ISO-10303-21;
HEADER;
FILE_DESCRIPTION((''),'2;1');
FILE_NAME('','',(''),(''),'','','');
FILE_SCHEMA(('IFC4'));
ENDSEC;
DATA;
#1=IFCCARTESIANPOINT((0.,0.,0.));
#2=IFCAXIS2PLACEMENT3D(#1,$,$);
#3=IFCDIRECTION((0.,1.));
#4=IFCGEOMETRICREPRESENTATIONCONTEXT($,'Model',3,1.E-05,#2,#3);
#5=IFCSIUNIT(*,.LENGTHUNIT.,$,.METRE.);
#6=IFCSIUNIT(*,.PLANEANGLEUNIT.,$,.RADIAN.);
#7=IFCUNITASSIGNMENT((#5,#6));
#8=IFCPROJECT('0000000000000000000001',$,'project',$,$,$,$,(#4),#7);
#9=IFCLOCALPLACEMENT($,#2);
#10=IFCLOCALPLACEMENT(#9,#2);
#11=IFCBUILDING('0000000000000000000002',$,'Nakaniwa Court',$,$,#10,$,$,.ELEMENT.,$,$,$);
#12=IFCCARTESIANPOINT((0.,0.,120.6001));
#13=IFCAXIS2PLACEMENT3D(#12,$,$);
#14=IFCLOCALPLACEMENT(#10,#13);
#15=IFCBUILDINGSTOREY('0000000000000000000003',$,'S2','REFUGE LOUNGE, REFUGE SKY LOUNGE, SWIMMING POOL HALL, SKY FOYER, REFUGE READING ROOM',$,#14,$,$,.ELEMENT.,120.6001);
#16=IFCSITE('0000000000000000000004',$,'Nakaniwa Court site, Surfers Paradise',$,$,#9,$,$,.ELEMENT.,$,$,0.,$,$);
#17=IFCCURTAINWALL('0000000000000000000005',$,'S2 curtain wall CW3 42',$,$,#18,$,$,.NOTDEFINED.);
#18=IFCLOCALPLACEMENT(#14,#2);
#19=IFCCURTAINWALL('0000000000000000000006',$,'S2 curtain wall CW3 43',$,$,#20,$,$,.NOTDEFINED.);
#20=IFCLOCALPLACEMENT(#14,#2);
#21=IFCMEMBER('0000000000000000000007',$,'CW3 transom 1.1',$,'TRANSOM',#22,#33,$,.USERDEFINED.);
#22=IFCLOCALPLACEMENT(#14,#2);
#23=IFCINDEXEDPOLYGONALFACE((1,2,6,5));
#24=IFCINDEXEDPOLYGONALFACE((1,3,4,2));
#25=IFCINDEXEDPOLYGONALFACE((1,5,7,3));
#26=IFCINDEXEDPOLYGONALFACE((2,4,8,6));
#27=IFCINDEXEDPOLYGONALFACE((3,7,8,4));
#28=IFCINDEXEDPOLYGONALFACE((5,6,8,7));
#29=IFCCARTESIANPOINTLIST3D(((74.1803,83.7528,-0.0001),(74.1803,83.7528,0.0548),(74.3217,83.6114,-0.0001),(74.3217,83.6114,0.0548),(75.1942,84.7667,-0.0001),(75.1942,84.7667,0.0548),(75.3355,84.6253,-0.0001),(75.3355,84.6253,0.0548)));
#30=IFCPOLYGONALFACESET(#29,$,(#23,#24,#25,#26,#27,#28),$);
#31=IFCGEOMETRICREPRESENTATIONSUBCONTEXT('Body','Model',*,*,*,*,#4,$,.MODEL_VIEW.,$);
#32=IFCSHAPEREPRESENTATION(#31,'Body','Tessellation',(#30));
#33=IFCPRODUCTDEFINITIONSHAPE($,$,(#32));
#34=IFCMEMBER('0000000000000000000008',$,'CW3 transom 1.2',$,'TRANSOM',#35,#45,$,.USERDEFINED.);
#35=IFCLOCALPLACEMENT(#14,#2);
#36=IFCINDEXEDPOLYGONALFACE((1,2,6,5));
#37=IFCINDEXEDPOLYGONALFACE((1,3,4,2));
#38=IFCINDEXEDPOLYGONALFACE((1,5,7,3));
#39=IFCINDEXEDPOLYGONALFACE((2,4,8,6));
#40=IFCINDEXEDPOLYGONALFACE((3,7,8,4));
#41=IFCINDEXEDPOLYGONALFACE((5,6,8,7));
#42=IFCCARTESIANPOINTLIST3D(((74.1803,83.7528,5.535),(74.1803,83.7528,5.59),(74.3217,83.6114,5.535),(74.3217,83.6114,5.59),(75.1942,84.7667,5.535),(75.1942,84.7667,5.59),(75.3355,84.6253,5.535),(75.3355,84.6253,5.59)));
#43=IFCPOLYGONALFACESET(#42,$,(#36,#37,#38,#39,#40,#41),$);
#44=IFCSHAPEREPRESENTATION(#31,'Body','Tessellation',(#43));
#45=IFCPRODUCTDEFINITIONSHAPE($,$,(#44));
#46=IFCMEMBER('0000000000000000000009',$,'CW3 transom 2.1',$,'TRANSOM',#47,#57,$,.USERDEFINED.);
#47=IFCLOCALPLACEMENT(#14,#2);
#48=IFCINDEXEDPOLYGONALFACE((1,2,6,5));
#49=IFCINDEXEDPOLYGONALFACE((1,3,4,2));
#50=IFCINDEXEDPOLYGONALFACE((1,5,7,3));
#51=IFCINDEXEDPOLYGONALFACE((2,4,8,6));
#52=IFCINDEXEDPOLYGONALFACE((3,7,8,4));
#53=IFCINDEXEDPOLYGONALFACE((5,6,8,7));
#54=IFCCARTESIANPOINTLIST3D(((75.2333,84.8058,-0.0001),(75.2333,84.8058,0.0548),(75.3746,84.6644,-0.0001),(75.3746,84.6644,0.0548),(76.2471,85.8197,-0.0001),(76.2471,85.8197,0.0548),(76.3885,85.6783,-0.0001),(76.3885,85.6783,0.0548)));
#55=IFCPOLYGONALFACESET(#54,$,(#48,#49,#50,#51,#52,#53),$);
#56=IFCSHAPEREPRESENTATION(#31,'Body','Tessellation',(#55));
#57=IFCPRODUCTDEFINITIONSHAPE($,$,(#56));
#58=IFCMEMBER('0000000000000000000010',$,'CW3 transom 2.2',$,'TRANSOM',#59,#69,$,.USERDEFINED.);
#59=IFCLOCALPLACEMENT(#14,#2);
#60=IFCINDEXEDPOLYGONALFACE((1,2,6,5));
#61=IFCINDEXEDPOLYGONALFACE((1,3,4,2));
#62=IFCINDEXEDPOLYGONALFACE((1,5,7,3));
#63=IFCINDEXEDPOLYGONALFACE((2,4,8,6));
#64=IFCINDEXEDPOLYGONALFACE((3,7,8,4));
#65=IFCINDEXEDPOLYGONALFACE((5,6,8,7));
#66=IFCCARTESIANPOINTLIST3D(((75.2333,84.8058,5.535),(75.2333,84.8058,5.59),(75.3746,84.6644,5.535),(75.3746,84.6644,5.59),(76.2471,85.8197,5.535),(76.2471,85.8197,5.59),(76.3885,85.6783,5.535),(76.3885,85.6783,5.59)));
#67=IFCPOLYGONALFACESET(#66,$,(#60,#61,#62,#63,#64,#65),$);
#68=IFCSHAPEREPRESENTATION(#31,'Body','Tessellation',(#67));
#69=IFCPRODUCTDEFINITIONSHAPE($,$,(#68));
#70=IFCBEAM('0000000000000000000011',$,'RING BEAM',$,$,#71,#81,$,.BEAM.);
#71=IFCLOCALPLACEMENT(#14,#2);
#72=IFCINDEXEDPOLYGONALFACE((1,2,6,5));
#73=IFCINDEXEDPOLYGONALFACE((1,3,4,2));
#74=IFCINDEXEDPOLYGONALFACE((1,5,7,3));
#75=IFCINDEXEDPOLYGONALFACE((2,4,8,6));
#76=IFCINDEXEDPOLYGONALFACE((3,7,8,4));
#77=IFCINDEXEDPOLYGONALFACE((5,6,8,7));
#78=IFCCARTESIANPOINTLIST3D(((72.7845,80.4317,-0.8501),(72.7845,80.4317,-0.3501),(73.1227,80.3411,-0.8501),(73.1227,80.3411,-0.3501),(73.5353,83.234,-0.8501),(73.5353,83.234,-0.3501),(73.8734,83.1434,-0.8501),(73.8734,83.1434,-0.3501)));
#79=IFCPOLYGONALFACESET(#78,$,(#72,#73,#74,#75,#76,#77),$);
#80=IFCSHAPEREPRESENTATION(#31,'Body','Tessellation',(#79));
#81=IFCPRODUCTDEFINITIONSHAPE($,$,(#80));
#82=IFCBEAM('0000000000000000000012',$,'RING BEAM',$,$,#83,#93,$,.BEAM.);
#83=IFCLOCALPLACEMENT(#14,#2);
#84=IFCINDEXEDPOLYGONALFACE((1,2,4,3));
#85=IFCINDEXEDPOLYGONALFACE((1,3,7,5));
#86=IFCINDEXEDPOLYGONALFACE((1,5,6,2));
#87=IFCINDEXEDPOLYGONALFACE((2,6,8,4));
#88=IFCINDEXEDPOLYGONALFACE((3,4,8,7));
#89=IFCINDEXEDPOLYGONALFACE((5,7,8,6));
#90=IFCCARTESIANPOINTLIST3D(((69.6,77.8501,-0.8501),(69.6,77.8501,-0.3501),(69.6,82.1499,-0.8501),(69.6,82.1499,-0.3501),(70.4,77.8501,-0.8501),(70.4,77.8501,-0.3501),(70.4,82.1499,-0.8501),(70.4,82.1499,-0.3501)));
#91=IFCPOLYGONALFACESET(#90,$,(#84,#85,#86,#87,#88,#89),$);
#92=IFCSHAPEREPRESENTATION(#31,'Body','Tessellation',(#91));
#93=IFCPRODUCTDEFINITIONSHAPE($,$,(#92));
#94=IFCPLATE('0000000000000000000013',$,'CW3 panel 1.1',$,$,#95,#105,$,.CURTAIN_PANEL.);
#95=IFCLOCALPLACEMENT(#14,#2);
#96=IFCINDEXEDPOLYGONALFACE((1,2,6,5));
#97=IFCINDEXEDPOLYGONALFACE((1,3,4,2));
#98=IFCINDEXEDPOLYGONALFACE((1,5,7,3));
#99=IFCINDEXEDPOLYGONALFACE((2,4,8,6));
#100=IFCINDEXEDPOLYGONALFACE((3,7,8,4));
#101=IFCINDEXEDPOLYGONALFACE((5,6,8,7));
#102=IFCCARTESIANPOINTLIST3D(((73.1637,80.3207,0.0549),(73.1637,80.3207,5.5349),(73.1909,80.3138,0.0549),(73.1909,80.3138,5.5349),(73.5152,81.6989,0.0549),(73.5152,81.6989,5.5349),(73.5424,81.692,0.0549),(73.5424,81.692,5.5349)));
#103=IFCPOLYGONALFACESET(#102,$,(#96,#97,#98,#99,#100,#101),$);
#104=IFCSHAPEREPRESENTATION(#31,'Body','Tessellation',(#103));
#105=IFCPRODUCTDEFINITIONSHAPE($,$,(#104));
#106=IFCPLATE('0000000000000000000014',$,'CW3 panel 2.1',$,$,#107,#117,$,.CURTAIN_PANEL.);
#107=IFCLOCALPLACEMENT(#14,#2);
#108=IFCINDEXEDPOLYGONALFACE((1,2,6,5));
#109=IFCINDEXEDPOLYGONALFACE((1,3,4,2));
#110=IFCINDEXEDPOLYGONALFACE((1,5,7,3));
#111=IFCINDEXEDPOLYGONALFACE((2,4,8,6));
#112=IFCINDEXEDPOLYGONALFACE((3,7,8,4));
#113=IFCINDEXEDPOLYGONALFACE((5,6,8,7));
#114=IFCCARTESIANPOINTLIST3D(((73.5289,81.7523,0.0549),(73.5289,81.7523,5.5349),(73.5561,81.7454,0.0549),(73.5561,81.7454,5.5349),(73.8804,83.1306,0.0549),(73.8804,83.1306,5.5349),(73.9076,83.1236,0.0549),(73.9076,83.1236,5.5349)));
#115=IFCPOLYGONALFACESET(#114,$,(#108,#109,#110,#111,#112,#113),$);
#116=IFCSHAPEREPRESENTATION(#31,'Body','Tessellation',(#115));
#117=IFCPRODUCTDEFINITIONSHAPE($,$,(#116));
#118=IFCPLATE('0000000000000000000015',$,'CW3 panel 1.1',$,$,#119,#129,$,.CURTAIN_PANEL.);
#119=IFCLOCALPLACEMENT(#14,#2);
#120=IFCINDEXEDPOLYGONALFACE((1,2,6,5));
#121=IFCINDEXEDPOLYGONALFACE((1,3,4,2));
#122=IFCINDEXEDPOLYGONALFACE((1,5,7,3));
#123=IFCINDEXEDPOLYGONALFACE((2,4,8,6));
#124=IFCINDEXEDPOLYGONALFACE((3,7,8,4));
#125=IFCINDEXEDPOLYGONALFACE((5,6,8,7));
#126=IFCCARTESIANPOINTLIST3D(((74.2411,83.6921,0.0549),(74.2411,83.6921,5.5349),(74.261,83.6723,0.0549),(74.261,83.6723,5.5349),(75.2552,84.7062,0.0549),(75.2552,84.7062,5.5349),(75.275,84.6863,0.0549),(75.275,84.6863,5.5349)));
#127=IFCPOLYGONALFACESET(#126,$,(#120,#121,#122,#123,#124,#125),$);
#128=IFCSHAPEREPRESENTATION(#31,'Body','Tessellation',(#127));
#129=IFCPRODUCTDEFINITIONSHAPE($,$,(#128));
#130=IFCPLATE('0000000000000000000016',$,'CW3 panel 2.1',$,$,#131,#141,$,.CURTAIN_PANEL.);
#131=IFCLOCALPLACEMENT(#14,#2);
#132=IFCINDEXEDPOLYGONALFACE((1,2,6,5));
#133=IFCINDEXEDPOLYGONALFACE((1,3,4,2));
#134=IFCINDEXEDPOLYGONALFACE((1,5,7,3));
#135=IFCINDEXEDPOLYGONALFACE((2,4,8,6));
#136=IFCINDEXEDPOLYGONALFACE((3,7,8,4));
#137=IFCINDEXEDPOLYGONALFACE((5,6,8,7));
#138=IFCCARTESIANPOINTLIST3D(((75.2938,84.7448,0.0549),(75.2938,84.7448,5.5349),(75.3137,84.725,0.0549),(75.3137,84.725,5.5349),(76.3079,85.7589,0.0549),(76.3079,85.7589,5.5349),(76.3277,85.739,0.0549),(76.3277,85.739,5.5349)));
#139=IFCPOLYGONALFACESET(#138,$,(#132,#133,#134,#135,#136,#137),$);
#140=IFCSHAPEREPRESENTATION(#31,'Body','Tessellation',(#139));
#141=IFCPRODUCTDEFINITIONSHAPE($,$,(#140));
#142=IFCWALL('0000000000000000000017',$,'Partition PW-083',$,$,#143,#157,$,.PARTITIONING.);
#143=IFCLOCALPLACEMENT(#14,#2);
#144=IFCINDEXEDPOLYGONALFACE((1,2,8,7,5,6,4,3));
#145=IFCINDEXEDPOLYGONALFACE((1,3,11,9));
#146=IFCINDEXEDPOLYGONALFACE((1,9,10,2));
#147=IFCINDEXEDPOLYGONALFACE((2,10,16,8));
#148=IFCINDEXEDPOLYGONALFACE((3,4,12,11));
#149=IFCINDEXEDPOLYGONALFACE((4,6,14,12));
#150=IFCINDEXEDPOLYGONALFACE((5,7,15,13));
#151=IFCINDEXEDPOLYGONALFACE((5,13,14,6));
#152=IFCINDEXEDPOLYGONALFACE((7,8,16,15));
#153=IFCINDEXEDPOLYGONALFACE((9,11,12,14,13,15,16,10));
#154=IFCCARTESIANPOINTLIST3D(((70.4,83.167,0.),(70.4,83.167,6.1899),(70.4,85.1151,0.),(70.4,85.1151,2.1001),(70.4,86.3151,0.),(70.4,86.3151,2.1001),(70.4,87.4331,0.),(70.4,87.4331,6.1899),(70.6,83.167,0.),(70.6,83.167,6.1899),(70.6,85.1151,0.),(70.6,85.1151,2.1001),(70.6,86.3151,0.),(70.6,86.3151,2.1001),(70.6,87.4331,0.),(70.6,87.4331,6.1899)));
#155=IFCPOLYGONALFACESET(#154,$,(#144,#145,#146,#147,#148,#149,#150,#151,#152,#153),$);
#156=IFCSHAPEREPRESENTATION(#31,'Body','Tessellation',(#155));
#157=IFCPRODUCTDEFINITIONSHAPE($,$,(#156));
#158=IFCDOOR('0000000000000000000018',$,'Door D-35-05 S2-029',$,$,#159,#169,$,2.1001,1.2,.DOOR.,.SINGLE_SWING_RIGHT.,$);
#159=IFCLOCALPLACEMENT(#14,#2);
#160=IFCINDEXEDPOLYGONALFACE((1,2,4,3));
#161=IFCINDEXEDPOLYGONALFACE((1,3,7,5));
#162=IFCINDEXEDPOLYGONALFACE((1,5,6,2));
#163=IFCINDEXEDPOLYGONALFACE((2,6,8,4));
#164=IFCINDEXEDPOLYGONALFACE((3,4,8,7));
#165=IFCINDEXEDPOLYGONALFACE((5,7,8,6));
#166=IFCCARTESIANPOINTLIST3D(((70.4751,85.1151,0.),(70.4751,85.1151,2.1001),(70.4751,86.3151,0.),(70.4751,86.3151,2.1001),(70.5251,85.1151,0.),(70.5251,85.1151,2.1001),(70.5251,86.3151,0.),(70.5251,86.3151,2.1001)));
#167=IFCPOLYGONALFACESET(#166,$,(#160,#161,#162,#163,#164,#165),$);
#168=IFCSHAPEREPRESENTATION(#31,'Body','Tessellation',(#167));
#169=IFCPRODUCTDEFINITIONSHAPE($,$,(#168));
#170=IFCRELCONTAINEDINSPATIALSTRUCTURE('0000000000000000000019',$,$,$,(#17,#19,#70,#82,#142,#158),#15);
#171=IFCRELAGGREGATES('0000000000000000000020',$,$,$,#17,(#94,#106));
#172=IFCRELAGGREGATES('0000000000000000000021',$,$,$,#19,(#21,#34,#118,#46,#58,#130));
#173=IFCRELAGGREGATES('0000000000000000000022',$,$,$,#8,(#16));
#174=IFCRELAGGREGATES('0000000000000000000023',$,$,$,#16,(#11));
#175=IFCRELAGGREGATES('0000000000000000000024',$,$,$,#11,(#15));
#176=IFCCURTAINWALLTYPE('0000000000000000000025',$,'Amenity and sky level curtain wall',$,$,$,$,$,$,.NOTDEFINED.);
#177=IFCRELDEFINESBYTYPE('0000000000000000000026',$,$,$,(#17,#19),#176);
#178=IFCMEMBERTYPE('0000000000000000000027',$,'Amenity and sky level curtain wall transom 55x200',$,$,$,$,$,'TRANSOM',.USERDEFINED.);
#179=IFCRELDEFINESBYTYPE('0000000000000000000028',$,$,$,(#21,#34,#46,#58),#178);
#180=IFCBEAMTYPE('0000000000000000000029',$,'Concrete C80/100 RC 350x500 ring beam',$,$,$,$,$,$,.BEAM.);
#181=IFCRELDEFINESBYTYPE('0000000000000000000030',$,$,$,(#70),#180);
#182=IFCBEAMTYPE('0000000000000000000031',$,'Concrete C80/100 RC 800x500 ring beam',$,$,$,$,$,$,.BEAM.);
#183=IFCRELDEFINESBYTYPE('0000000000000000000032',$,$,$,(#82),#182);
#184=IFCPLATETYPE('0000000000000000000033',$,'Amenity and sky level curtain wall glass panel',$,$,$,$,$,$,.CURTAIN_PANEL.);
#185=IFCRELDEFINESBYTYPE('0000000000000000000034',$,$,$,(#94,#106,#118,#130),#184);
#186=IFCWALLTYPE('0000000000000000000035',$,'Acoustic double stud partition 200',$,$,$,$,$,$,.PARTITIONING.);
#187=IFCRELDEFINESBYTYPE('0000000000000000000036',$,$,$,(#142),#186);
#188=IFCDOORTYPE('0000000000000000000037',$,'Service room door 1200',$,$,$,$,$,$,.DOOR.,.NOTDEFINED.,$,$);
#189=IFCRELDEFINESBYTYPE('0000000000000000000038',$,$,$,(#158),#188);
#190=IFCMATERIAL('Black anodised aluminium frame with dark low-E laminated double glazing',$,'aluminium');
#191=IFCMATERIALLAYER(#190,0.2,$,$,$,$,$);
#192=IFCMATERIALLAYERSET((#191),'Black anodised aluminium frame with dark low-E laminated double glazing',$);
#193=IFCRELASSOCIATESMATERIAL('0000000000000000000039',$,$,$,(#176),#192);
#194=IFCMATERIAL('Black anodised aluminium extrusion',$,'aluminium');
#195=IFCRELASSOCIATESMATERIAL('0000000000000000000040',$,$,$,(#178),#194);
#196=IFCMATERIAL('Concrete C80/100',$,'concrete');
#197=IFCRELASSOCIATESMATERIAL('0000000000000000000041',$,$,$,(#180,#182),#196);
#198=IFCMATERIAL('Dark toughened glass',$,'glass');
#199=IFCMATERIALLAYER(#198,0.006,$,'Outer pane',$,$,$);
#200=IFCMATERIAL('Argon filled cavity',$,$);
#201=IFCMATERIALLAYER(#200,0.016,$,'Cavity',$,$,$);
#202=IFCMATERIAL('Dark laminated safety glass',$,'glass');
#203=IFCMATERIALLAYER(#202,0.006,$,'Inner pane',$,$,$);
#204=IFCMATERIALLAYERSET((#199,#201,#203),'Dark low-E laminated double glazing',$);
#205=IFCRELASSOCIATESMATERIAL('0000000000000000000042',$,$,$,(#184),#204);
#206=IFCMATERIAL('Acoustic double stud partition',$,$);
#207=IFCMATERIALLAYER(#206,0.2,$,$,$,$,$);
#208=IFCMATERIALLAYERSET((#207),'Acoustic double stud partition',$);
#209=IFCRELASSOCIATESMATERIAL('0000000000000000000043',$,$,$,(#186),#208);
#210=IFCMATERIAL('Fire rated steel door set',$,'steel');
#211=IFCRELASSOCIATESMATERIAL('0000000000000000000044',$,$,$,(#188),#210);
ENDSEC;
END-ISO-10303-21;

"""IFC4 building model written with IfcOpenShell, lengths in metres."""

from ifc_helpers import new_model, si_unit, direction, frame, frame_2d, origin, origin_2d, place, context, subcontext, project, spatial, rectangle, extrude, material, layer, layer_set, material_profile, profile_set, type_object, element, fill, aggregate, save


model = new_model("IFC4")

# Units and contexts
model_context = context("Model", 3, precision=1e-05, world=origin(), true_north=direction((0.0, 1.0)))
body_context = subcontext(model_context, "Body", "Model", "MODEL_VIEW")
ifc_project = project(units=[si_unit("LENGTHUNIT", "METRE"), si_unit("PLANEANGLEUNIT", "RADIAN")], contexts=[model_context])

# Site, building, storey
site_placement = place(None, origin())
site = spatial("IfcSite", under=ifc_project, at=site_placement, Name="Nakaniwa Court site, Surfers Paradise", CompositionType="ELEMENT", RefElevation=0.0)
building_placement = place(site_placement, origin())
building = spatial("IfcBuilding", under=site, at=building_placement, Name="Nakaniwa Court", CompositionType="ELEMENT")
storey_placement = place(building_placement, frame((0.0, 0.0, 120.6001)))
storey = spatial("IfcBuildingStorey", under=building, at=storey_placement, Name="S2", Description="REFUGE LOUNGE, REFUGE SKY LOUNGE, SWIMMING POOL HALL, SKY FOYER, REFUGE READING ROOM", CompositionType="ELEMENT", Elevation=120.6001)

# Shared definitions
ifc_material_1 = material(Name="Concrete C80/100", Category="concrete")

# Curtain walls
ifc_material_2 = material(Name="Black anodised aluminium frame with dark low-E laminated double glazing", Category="aluminium")
ifc_layer_1 = layer(ifc_material_2, 0.2)
ifc_layer_set_1 = layer_set([ifc_layer_1], Name="Black anodised aluminium frame with dark low-E laminated double glazing")
curtain_wall_type = type_object("IfcCurtainWallType", Name="Amenity and sky level curtain wall", PredefinedType="NOTDEFINED", material=ifc_layer_set_1)
curtain_wall_1_placement = place(storey_placement, origin())
curtain_wall_1 = element("IfcCurtainWall", 1, at=curtain_wall_1_placement, inside=storey, type_object=curtain_wall_type, Name="S2 curtain wall CW3 42", PredefinedType="NOTDEFINED")
ifc_material_3 = material(Name="Black anodised aluminium extrusion", Category="aluminium")
curtain_wall_2_placement = place(storey_placement, origin())
curtain_wall_2 = element("IfcCurtainWall", 2, at=curtain_wall_2_placement, inside=storey, type_object=curtain_wall_type, Name="S2 curtain wall CW3 43", PredefinedType="NOTDEFINED")

# Members
ifc_material_profile_1 = material_profile(ifc_material_3, rectangle(XDim=0.2, YDim=0.0549, at=origin_2d()), Name="Amenity and sky level curtain wall transom 55x200")
ifc_profile_set_1 = profile_set([ifc_material_profile_1], Name="Black anodised aluminium extrusion")
member_type_1 = type_object("IfcMemberType", Name="Amenity and sky level curtain wall transom 55x200", ElementType="TRANSOM", PredefinedType="USERDEFINED", material=ifc_profile_set_1)
member_1_placement = place(storey_placement, frame((74.251, 83.6821, 0.0273), z_axis=(0.707107, 0.707107, 0.0), x_axis=(-0.707107, 0.707107, 0.0)))
member_1 = element("IfcMember", 3, at=member_1_placement, type_object=member_type_1, Name="CW3 transom 1.1", ObjectType="TRANSOM", PredefinedType="USERDEFINED", context=body_context, shape_type="SweptSolid", body=[
    extrude(rectangle(XDim=0.2, YDim=0.0549, at=origin_2d()), origin(), (0.0, 0.0, 1.0), 1.4338),
])
member_2_placement = place(storey_placement, frame((74.251, 83.6821, 5.5625), z_axis=(0.707107, 0.707107, 0.0), x_axis=(-0.707107, 0.707107, 0.0)))
member_2 = element("IfcMember", 4, at=member_2_placement, type_object=member_type_1, Name="CW3 transom 1.2", ObjectType="TRANSOM", PredefinedType="USERDEFINED", context=body_context, shape_type="SweptSolid", body=[
    extrude(rectangle(XDim=0.2, YDim=0.0549, at=origin_2d()), origin(), (0.0, 0.0, 1.0), 1.4338),
])
member_3_placement = place(storey_placement, frame((75.304, 84.7351, 0.0273), z_axis=(0.707107, 0.707107, 0.0), x_axis=(-0.707107, 0.707107, 0.0)))
member_3 = element("IfcMember", 5, at=member_3_placement, type_object=member_type_1, Name="CW3 transom 2.1", ObjectType="TRANSOM", PredefinedType="USERDEFINED", context=body_context, shape_type="SweptSolid", body=[
    extrude(rectangle(XDim=0.2, YDim=0.0549, at=origin_2d()), origin(), (0.0, 0.0, 1.0), 1.4338),
])
member_4_placement = place(storey_placement, frame((75.304, 84.7351, 5.5625), z_axis=(0.707107, 0.707107, 0.0), x_axis=(-0.707107, 0.707107, 0.0)))
member_4 = element("IfcMember", 6, at=member_4_placement, type_object=member_type_1, Name="CW3 transom 2.2", ObjectType="TRANSOM", PredefinedType="USERDEFINED", context=body_context, shape_type="SweptSolid", body=[
    extrude(rectangle(XDim=0.2, YDim=0.0549, at=origin_2d()), origin(), (0.0, 0.0, 1.0), 1.4338),
])

# Beams
ifc_material_profile_2 = material_profile(ifc_material_1, rectangle(XDim=0.3501, YDim=0.5, at=origin_2d()), Name="Concrete C80/100 RC 350x500 ring beam")
ifc_profile_set_2 = profile_set([ifc_material_profile_2], Name="Concrete C80/100")
beam_type_1 = type_object("IfcBeamType", Name="Concrete C80/100 RC 350x500 ring beam", PredefinedType="BEAM", material=ifc_profile_set_2)
beam_1_placement = place(storey_placement, frame((73.7043, 83.1887, -0.6001), z_axis=(-0.258778, -0.965937, 0.0), x_axis=(0.965937, -0.258778, 0.0)))
element("IfcBeam", 7, at=beam_1_placement, inside=storey, type_object=beam_type_1, Name="RING BEAM", PredefinedType="BEAM", context=body_context, shape_type="SweptSolid", body=[
    extrude(rectangle(XDim=0.3501, YDim=0.5, at=origin_2d()), origin(), (0.0, 0.0, 1.0), 2.9011),
])
ifc_material_profile_3 = material_profile(ifc_material_1, rectangle(XDim=0.8, YDim=0.5, at=origin_2d()), Name="Concrete C80/100 RC 800x500 ring beam")
ifc_profile_set_3 = profile_set([ifc_material_profile_3], Name="Concrete C80/100")
beam_type_2 = type_object("IfcBeamType", Name="Concrete C80/100 RC 800x500 ring beam", PredefinedType="BEAM", material=ifc_profile_set_3)
beam_2_placement = place(storey_placement, frame((70.0, 82.1499, -0.6001), z_axis=(0.0, -1.0, 0.0), x_axis=(1.0, 0.0, 0.0)))
element("IfcBeam", 8, at=beam_2_placement, inside=storey, type_object=beam_type_2, Name="RING BEAM", PredefinedType="BEAM", context=body_context, shape_type="SweptSolid", body=[
    extrude(rectangle(XDim=0.8, YDim=0.5, at=origin_2d()), origin(), (0.0, 0.0, 1.0), 4.2998),
])

# Plates
ifc_material_4 = material(Name="Dark toughened glass", Category="glass")
ifc_layer_2 = layer(ifc_material_4, 0.006, Name="Outer pane")
ifc_material_5 = material(Name="Argon filled cavity")
ifc_layer_3 = layer(ifc_material_5, 0.016, Name="Cavity")
ifc_material_6 = material(Name="Dark laminated safety glass", Category="glass")
ifc_layer_4 = layer(ifc_material_6, 0.006, Name="Inner pane")
ifc_layer_set_2 = layer_set([ifc_layer_2, ifc_layer_3, ifc_layer_4], Name="Dark low-E laminated double glazing")
plate_type = type_object("IfcPlateType", Name="Amenity and sky level curtain wall glass panel", PredefinedType="CURTAIN_PANEL", material=ifc_layer_set_2)
plate_1_placement = place(storey_placement, frame((73.353, 81.0063, 0.0549), z_axis=(0.0, 0.0, 1.0), x_axis=(0.247114, 0.968986, 0.0)))
plate_1 = element("IfcPlate", 9, at=plate_1_placement, type_object=plate_type, Name="CW3 panel 1.1", PredefinedType="CURTAIN_PANEL", context=body_context, shape_type="SweptSolid", body=[
    extrude(rectangle(XDim=1.4224, YDim=0.0281, at=origin_2d()), origin(), (0.0, 0.0, 1.0), 5.48),
])
plate_2_placement = place(storey_placement, frame((73.7183, 82.438, 0.0549), z_axis=(0.0, 0.0, 1.0), x_axis=(0.247114, 0.968986, 0.0)))
plate_2 = element("IfcPlate", 10, at=plate_2_placement, type_object=plate_type, Name="CW3 panel 2.1", PredefinedType="CURTAIN_PANEL", context=body_context, shape_type="SweptSolid", body=[
    extrude(rectangle(XDim=1.4224, YDim=0.0281, at=origin_2d()), origin(), (0.0, 0.0, 1.0), 5.48),
])
aggregate(curtain_wall_1, [plate_1, plate_2])
plate_3_placement = place(storey_placement, frame((74.7581, 84.1892, 0.0549), z_axis=(0.0, 0.0, 1.0), x_axis=(0.707107, 0.707107, 0.0)))
plate_3 = element("IfcPlate", 11, at=plate_3_placement, type_object=plate_type, Name="CW3 panel 1.1", PredefinedType="CURTAIN_PANEL", context=body_context, shape_type="SweptSolid", body=[
    extrude(rectangle(XDim=1.4341, YDim=0.0281, at=origin_2d()), origin(), (0.0, 0.0, 1.0), 5.48),
])
plate_4_placement = place(storey_placement, frame((75.8108, 85.2419, 0.0549), z_axis=(0.0, 0.0, 1.0), x_axis=(0.707107, 0.707107, 0.0)))
plate_4 = element("IfcPlate", 12, at=plate_4_placement, type_object=plate_type, Name="CW3 panel 2.1", PredefinedType="CURTAIN_PANEL", context=body_context, shape_type="SweptSolid", body=[
    extrude(rectangle(XDim=1.4341, YDim=0.0281, at=origin_2d()), origin(), (0.0, 0.0, 1.0), 5.48),
])
aggregate(curtain_wall_2, [member_1, member_2, plate_3, member_3, member_4, plate_4])

# Wall, opening, door
ifc_material_7 = material(Name="Acoustic double stud partition")
ifc_layer_5 = layer(ifc_material_7, 0.2)
ifc_layer_set_3 = layer_set([ifc_layer_5], Name="Acoustic double stud partition")
wall_type = type_object("IfcWallType", Name="Acoustic double stud partition 200", PredefinedType="PARTITIONING", material=ifc_layer_set_3)
wall_placement = place(storey_placement, frame((70.5, 83.167, 0.0), z_axis=(0.0, 0.0, 1.0), x_axis=(0.0, 1.0, 0.0)))
wall = element("IfcWall", 13, at=wall_placement, inside=storey, type_object=wall_type, Name="Partition PW-083", PredefinedType="PARTITIONING", context=body_context, shape_type="SweptSolid", body=[
    extrude(rectangle(XDim=4.2661, YDim=0.2, at=frame_2d((2.1331, 0.0))), origin(), (0.0, 0.0, 1.0), 6.1899),
])
opening_placement = place(wall_placement, frame((1.948, 0.0, 0.0)))
opening = element("IfcOpeningElement", 14, at=opening_placement, cuts=wall, PredefinedType="OPENING", context=body_context, shape_type="SweptSolid", body=[
    extrude(rectangle(XDim=1.2, YDim=2.1001, at=frame_2d((0.6001, 1.05))), frame((0.0, 0.1099, 0.0), z_axis=(0.0, -1.0, 0.0), x_axis=(1.0, 0.0, 0.0)), (0.0, 0.0, 1.0), 0.22),
])
ifc_material_8 = material(Name="Fire rated steel door set", Category="steel")
door_type = type_object("IfcDoorType", Name="Service room door 1200", OperationType="NOTDEFINED", PredefinedType="DOOR", material=ifc_material_8)
door_placement = place(opening_placement, origin())
door = element("IfcDoor", 15, at=door_placement, inside=storey, type_object=door_type, Name="Door D-35-05 S2-029", OperationType="SINGLE_SWING_RIGHT", OverallHeight=2.1001, OverallWidth=1.2, PredefinedType="DOOR", context=body_context, shape_type="SweptSolid", body=[
    extrude(rectangle(XDim=1.2, YDim=2.1001, at=frame_2d((0.6001, 1.05))), frame((0.0, 0.0249, 0.0), z_axis=(0.0, -1.0, 0.0), x_axis=(1.0, 0.0, 0.0)), (0.0, 0.0, 1.0), 0.05),
])
fill(opening, door)

save(model, "model.ifc")
